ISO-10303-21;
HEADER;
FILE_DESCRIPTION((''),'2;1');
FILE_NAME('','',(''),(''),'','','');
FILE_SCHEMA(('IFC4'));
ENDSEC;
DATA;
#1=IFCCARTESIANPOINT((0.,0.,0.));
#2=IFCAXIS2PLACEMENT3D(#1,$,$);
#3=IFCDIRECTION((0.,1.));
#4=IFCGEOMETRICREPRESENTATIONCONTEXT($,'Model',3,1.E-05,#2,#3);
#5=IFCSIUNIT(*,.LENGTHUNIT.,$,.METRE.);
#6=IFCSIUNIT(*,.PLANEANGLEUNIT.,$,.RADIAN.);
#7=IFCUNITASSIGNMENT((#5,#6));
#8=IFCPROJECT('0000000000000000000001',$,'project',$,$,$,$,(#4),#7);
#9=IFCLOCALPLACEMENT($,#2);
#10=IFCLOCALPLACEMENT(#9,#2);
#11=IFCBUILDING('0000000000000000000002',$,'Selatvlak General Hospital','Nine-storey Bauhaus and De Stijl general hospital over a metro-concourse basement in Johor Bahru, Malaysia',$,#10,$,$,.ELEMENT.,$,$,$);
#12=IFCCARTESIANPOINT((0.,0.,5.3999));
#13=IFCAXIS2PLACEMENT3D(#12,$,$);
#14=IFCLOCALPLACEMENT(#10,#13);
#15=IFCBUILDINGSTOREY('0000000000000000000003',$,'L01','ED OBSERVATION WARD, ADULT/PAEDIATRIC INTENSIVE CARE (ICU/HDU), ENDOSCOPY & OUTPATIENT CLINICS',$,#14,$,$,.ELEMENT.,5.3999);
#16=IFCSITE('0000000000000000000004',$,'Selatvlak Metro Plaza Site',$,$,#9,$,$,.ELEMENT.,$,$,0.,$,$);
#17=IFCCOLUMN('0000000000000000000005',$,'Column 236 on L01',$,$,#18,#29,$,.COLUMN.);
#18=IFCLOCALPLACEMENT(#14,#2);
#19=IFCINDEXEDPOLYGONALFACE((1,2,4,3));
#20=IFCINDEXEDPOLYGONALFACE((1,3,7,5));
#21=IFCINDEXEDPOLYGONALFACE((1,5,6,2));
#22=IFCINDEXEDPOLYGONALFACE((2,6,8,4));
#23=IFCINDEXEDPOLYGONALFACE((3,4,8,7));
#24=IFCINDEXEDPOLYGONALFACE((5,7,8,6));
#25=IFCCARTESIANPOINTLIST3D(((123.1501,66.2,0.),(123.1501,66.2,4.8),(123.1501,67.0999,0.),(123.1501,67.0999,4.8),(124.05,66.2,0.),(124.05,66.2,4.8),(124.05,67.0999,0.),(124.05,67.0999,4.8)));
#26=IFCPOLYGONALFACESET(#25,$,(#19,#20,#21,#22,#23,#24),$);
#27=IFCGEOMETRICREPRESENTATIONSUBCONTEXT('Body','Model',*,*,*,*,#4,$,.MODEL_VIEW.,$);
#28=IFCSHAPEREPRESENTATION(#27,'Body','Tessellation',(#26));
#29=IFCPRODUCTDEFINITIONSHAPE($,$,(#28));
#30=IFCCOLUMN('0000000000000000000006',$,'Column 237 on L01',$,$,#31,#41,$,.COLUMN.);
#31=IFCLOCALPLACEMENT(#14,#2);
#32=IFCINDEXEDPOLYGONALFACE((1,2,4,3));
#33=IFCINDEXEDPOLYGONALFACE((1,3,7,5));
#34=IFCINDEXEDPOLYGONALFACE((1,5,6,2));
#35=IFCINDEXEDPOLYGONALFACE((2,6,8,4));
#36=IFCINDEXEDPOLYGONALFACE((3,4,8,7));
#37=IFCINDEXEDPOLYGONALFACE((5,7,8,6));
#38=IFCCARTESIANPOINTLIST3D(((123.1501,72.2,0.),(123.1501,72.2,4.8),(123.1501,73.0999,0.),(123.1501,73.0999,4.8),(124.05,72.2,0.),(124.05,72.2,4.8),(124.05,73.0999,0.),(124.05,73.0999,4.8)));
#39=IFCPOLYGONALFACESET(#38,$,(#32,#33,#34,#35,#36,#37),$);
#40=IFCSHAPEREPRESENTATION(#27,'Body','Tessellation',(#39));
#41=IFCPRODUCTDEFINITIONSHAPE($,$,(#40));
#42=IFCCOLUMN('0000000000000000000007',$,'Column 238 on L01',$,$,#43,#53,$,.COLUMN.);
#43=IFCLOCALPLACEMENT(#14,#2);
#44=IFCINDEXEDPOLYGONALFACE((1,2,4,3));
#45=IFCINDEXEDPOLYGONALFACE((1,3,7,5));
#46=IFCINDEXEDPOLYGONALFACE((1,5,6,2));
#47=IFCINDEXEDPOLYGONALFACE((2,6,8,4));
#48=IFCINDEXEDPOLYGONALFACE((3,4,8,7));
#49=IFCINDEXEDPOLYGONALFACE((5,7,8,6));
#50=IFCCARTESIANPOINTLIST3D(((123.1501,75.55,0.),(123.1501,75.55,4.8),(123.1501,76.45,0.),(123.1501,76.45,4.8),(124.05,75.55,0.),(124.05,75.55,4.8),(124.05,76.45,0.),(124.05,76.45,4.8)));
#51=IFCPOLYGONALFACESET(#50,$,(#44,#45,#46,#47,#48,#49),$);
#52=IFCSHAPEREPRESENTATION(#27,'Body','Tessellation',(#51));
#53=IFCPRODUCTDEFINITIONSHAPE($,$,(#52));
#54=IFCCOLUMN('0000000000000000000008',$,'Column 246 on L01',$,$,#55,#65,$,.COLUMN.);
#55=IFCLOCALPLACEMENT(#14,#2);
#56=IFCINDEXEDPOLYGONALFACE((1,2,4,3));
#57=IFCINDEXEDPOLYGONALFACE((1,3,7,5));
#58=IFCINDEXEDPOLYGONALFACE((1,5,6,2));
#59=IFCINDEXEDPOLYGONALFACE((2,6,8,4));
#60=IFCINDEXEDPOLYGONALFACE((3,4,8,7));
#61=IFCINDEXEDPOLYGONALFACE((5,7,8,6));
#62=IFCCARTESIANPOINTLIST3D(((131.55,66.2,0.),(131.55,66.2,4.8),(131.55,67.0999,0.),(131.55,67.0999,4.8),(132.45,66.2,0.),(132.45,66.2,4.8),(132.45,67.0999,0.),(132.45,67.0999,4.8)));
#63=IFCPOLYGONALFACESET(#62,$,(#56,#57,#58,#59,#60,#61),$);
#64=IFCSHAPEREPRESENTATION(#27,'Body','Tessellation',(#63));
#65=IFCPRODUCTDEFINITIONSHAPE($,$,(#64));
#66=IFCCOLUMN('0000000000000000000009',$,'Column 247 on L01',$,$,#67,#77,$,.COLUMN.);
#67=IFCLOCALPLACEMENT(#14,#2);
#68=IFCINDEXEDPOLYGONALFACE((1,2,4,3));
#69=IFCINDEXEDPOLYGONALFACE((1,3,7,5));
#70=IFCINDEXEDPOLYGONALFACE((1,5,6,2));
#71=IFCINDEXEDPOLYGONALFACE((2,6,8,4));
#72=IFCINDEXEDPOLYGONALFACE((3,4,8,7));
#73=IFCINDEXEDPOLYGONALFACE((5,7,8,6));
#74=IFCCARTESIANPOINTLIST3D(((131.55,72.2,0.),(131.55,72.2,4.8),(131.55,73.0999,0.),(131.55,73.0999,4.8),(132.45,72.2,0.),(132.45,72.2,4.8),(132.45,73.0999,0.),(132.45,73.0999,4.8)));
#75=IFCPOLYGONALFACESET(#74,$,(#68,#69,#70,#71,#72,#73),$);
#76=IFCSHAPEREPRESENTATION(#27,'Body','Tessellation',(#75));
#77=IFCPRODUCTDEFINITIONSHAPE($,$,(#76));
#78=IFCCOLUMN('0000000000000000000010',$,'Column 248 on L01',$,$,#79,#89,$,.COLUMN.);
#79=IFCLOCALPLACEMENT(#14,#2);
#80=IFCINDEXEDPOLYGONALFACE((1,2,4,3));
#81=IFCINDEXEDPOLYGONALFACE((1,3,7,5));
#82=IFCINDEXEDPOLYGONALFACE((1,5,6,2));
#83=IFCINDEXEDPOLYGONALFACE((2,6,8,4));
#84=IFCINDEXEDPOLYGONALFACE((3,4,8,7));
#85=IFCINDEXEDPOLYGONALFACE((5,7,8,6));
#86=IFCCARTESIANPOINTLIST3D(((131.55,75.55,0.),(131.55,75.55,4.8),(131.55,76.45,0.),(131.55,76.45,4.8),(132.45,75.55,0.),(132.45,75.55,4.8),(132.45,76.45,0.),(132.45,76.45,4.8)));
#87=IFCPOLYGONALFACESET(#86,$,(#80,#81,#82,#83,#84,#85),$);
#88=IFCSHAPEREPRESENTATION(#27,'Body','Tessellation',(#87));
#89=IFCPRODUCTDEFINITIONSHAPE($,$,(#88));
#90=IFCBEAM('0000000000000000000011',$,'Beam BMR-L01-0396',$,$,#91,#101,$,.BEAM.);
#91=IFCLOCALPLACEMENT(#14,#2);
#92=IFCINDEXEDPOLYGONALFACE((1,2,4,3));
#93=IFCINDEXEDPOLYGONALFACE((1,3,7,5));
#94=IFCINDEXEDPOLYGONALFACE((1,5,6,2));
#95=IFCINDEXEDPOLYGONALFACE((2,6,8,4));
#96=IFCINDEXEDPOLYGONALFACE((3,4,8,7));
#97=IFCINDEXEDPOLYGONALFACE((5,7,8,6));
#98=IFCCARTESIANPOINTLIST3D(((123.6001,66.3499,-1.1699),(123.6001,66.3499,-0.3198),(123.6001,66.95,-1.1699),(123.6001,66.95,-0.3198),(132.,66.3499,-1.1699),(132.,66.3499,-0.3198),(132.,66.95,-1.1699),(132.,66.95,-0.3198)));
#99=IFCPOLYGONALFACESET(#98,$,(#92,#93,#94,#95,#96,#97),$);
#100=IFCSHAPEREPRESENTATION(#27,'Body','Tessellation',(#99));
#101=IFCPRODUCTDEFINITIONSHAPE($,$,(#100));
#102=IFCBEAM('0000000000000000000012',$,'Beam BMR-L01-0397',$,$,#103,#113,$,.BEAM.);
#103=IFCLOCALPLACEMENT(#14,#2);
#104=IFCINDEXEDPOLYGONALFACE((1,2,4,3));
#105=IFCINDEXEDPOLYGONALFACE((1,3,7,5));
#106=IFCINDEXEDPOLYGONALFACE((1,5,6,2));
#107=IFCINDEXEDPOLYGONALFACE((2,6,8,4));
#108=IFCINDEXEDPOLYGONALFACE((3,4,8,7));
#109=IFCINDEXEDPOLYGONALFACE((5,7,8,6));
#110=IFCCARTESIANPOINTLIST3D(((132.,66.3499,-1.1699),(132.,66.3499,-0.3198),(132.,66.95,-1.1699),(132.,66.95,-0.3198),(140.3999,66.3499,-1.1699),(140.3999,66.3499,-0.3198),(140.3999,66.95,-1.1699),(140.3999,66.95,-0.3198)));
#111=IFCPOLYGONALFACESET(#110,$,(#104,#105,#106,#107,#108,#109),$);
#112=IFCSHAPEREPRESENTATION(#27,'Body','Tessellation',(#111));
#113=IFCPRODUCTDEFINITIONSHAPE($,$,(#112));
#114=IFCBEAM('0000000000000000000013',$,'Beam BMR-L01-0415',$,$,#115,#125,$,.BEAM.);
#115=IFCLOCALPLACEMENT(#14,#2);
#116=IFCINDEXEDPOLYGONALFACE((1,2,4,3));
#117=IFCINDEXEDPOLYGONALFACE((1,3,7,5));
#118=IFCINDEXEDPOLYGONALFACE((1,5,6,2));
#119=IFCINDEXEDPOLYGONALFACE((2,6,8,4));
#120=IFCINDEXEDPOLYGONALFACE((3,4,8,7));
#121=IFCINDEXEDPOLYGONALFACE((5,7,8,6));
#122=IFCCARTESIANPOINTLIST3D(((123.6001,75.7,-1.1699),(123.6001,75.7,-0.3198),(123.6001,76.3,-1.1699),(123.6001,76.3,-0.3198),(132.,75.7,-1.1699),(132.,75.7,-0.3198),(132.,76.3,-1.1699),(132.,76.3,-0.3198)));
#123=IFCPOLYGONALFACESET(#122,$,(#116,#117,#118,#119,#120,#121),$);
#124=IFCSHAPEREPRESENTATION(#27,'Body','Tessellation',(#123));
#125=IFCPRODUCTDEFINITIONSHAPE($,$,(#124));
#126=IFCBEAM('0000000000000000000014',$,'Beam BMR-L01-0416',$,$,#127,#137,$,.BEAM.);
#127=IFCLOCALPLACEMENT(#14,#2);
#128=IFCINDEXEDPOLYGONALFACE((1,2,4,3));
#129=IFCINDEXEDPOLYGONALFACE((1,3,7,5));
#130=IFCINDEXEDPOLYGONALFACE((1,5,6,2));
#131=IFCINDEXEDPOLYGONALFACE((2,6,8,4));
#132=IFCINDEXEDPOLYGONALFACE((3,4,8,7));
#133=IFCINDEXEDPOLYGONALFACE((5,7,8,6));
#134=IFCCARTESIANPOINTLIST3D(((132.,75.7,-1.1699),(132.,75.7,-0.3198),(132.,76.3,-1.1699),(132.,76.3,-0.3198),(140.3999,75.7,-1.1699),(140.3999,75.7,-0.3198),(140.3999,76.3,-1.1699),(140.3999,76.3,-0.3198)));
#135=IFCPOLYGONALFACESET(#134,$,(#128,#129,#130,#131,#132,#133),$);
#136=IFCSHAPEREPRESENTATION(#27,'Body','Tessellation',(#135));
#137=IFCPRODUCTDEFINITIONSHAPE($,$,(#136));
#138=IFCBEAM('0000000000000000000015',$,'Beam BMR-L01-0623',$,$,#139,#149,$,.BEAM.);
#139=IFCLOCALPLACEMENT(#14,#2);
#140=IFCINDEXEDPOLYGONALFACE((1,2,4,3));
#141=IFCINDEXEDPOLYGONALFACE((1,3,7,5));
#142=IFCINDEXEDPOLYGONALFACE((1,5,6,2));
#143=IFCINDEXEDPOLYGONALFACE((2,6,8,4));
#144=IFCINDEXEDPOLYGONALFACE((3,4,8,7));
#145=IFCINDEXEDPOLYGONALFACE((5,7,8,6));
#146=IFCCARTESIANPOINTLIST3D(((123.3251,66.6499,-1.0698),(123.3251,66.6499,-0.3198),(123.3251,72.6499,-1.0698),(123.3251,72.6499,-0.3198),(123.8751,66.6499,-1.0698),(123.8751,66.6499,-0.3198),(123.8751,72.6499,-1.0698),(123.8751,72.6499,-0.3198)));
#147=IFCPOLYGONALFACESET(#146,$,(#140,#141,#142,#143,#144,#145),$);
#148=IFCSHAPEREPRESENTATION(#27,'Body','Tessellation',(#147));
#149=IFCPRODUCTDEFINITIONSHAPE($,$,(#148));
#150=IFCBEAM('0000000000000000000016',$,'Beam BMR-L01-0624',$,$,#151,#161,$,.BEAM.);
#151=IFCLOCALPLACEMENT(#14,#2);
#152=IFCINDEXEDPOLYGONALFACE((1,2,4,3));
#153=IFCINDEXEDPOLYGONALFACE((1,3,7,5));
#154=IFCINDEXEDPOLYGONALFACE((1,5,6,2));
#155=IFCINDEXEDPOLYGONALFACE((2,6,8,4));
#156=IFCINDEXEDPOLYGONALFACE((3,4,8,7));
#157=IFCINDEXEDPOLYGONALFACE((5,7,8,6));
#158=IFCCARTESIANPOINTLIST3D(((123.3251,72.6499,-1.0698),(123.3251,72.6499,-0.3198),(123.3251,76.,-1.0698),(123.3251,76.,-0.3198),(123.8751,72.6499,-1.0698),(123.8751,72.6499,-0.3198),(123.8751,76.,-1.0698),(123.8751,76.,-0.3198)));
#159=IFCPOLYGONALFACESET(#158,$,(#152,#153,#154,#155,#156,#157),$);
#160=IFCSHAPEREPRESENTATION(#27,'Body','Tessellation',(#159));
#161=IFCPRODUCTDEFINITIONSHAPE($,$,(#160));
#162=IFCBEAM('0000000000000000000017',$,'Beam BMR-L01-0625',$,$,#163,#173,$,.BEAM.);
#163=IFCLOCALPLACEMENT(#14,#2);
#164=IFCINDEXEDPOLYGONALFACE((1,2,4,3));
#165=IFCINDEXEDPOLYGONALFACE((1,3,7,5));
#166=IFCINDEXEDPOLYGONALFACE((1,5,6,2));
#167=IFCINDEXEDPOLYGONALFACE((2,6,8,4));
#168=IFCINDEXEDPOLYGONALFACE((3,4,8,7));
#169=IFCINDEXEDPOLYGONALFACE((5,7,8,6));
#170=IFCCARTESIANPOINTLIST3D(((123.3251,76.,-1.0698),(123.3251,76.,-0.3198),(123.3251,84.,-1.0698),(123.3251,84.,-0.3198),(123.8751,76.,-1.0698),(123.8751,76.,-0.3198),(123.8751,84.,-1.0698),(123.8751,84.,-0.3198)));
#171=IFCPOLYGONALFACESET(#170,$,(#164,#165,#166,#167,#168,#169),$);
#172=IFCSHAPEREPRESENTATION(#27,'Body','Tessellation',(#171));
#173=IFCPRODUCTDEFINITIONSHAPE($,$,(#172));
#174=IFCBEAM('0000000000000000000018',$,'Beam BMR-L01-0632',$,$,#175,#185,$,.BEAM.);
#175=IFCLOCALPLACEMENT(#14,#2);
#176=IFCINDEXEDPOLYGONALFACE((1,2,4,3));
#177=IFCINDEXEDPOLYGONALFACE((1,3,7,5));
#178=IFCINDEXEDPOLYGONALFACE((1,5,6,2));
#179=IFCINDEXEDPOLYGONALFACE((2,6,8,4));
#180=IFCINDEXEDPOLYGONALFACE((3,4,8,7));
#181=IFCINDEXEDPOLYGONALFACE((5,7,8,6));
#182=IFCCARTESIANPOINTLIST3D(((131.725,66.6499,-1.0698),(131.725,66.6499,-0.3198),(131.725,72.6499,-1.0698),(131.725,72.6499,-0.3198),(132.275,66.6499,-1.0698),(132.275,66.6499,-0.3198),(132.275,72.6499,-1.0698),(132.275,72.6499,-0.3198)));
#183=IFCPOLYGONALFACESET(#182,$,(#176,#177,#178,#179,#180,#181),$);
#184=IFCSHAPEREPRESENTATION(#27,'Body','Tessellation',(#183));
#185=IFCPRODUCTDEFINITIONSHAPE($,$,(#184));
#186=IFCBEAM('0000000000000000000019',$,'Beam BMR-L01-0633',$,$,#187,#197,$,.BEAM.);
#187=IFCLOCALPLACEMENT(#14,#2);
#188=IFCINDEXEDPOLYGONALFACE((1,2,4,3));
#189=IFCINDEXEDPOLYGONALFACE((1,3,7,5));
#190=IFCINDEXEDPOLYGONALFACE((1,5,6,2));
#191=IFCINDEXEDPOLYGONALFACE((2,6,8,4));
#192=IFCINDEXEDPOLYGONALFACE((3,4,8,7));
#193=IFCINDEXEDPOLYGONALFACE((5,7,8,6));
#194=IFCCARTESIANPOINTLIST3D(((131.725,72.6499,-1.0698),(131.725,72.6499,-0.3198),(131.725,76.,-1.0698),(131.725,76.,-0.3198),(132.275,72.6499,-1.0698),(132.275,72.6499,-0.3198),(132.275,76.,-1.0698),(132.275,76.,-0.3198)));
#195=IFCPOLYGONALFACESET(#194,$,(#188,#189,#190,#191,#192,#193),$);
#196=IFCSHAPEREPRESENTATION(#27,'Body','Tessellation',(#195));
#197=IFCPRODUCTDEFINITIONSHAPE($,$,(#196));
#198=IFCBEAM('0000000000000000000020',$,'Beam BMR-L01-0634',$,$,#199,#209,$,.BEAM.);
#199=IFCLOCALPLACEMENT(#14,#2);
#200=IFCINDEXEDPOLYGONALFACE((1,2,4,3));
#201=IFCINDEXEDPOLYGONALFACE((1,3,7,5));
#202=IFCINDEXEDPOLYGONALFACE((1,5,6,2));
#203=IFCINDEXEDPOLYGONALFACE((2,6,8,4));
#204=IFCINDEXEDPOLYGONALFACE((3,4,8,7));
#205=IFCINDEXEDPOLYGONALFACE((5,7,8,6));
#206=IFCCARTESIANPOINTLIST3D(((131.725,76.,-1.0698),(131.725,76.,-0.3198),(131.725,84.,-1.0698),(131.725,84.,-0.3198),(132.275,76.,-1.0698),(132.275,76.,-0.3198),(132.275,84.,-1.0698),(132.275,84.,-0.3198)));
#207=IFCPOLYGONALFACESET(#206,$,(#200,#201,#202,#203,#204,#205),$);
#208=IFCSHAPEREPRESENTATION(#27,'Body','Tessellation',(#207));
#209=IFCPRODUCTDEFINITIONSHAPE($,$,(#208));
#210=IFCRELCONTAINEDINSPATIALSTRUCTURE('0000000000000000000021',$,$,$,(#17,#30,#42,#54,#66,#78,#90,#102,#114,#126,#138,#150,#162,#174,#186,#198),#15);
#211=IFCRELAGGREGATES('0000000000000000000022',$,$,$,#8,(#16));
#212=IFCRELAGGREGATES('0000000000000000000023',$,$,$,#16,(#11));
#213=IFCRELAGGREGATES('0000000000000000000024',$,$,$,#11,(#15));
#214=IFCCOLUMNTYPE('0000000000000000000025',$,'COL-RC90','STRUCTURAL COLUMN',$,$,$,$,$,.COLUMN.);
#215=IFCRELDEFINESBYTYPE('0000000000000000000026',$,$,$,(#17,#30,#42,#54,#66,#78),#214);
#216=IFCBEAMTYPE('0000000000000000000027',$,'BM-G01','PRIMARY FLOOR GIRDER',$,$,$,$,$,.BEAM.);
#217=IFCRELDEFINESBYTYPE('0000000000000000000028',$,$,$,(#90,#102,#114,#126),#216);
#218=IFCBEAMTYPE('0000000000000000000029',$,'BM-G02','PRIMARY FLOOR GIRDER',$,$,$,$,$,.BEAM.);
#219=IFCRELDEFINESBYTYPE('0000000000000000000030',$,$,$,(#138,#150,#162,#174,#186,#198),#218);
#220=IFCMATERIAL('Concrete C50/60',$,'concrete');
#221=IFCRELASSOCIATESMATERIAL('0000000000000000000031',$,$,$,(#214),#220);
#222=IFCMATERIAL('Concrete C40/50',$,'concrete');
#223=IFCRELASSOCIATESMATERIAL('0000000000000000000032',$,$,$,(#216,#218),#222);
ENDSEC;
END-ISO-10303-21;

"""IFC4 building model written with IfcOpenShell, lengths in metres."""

from ifc_helpers import new_model, si_unit, direction, frame, origin, origin_2d, place, context, subcontext, project, spatial, rectangle, extrude, material, material_profile, profile_set, type_object, element, save


model = new_model("IFC4")

# Units and contexts
model_context = context("Model", 3, precision=1e-05, world=origin(), true_north=direction((0.0, 1.0)))
body_context = subcontext(model_context, "Body", "Model", "MODEL_VIEW")
ifc_project = project(units=[si_unit("LENGTHUNIT", "METRE"), si_unit("PLANEANGLEUNIT", "RADIAN")], contexts=[model_context])

# Site, building, storey
site_placement = place(None, origin())
site = spatial("IfcSite", under=ifc_project, at=site_placement, Name="Selatvlak Metro Plaza Site", CompositionType="ELEMENT", RefElevation=0.0)
building_placement = place(site_placement, origin())
building = spatial("IfcBuilding", under=site, at=building_placement, Name="Selatvlak General Hospital", Description="Nine-storey Bauhaus and De Stijl general hospital over a metro-concourse basement in Johor Bahru, Malaysia", CompositionType="ELEMENT")
storey_placement = place(building_placement, frame((0.0, 0.0, 5.3999)))
storey = spatial("IfcBuildingStorey", under=building, at=storey_placement, Name="L01", Description="ED OBSERVATION WARD, ADULT/PAEDIATRIC INTENSIVE CARE (ICU/HDU), ENDOSCOPY & OUTPATIENT CLINICS", CompositionType="ELEMENT", Elevation=5.3999)

# Columns
ifc_material_1 = material(Name="Concrete C50/60", Category="concrete")
ifc_material_profile_1 = material_profile(ifc_material_1, rectangle(XDim=0.8999, YDim=0.8999, at=origin_2d()), Name="RC-COL 900x900")
ifc_profile_set_1 = profile_set([ifc_material_profile_1], Name="Concrete C50/60")
column_type = type_object("IfcColumnType", Name="COL-RC90", Description="STRUCTURAL COLUMN", PredefinedType="COLUMN", material=ifc_profile_set_1)
for number, where, z_axis, x_axis, name in (
    (1, (123.6001, 66.6499, 0.0), (0.0, 0.0, 1.0), (1.0, 0.0, 0.0), "Column 236 on L01"),
    (2, (123.6001, 72.6499, 0.0), (0.0, 0.0, 1.0), (1.0, 0.0, 0.0), "Column 237 on L01"),
    (3, (123.6001, 76.0, 0.0), (0.0, 0.0, 1.0), (1.0, 0.0, 0.0), "Column 238 on L01"),
    (4, (132.0, 66.6499, 0.0), (0.0, 0.0, 1.0), (1.0, 0.0, 0.0), "Column 246 on L01"),
    (5, (132.0, 72.6499, 0.0), (0.0, 0.0, 1.0), (1.0, 0.0, 0.0), "Column 247 on L01"),
    (6, (132.0, 76.0, 0.0), (0.0, 0.0, 1.0), (1.0, 0.0, 0.0), "Column 248 on L01"),
):
    element("IfcColumn", number, at=place(storey_placement, frame(where, z_axis=z_axis, x_axis=x_axis)), inside=storey, type_object=column_type, Name=name, PredefinedType="COLUMN", context=body_context, shape_type="SweptSolid", body=[
        extrude(rectangle(XDim=0.8999, YDim=0.8999, at=origin_2d()), origin(), (0.0, 0.0, 1.0), 4.8),
    ])

# Beams
ifc_material_2 = material(Name="Concrete C40/50", Category="concrete")
ifc_material_profile_2 = material_profile(ifc_material_2, rectangle(XDim=0.6001, YDim=0.8501, at=origin_2d()), Name="RC-BM 600x850")
ifc_profile_set_2 = profile_set([ifc_material_profile_2], Name="Concrete C40/50")
beam_type_1 = type_object("IfcBeamType", Name="BM-G01", Description="PRIMARY FLOOR GIRDER", PredefinedType="BEAM", material=ifc_profile_set_2)
for number, where, z_axis, x_axis, name in (
    (7, (123.6001, 66.6499, -0.7449), (1.0, 0.0, 0.0), (0.0, 1.0, 0.0), "Beam BMR-L01-0396"),
    (8, (132.0, 66.6499, -0.7449), (1.0, 0.0, 0.0), (0.0, 1.0, 0.0), "Beam BMR-L01-0397"),
    (9, (123.6001, 76.0, -0.7449), (1.0, 0.0, 0.0), (0.0, 1.0, 0.0), "Beam BMR-L01-0415"),
    (10, (132.0, 76.0, -0.7449), (1.0, 0.0, 0.0), (0.0, 1.0, 0.0), "Beam BMR-L01-0416"),
):
    element("IfcBeam", number, at=place(storey_placement, frame(where, z_axis=z_axis, x_axis=x_axis)), inside=storey, type_object=beam_type_1, Name=name, PredefinedType="BEAM", context=body_context, shape_type="SweptSolid", body=[
        extrude(rectangle(XDim=0.6001, YDim=0.8501, at=origin_2d()), origin(), (0.0, 0.0, 1.0), 8.3999),
    ])
ifc_material_profile_3 = material_profile(ifc_material_2, rectangle(XDim=0.55, YDim=0.75, at=origin_2d()), Name="RC-BM 550x750")
ifc_profile_set_3 = profile_set([ifc_material_profile_3], Name="Concrete C40/50")
beam_type_2 = type_object("IfcBeamType", Name="BM-G02", Description="PRIMARY FLOOR GIRDER", PredefinedType="BEAM", material=ifc_profile_set_3)
beam_1_placement = place(storey_placement, frame((123.6001, 66.6499, -0.6948), z_axis=(0.0, 1.0, 0.0), x_axis=(-1.0, 0.0, 0.0)))
element("IfcBeam", 11, at=beam_1_placement, inside=storey, type_object=beam_type_2, Name="Beam BMR-L01-0623", PredefinedType="BEAM", context=body_context, shape_type="SweptSolid", body=[
    extrude(rectangle(XDim=0.55, YDim=0.75, at=origin_2d()), origin(), (0.0, 0.0, 1.0), 6.0),
])
beam_2_placement = place(storey_placement, frame((123.6001, 72.6499, -0.6948), z_axis=(0.0, 1.0, 0.0), x_axis=(-1.0, 0.0, 0.0)))
element("IfcBeam", 12, at=beam_2_placement, inside=storey, type_object=beam_type_2, Name="Beam BMR-L01-0624", PredefinedType="BEAM", context=body_context, shape_type="SweptSolid", body=[
    extrude(rectangle(XDim=0.55, YDim=0.75, at=origin_2d()), origin(), (0.0, 0.0, 1.0), 3.3501),
])
beam_3_placement = place(storey_placement, frame((123.6001, 76.0, -0.6948), z_axis=(0.0, 1.0, 0.0), x_axis=(-1.0, 0.0, 0.0)))
element("IfcBeam", 13, at=beam_3_placement, inside=storey, type_object=beam_type_2, Name="Beam BMR-L01-0625", PredefinedType="BEAM", context=body_context, shape_type="SweptSolid", body=[
    extrude(rectangle(XDim=0.55, YDim=0.75, at=origin_2d()), origin(), (0.0, 0.0, 1.0), 8.0),
])
beam_4_placement = place(storey_placement, frame((132.0, 66.6499, -0.6948), z_axis=(0.0, 1.0, 0.0), x_axis=(-1.0, 0.0, 0.0)))
element("IfcBeam", 14, at=beam_4_placement, inside=storey, type_object=beam_type_2, Name="Beam BMR-L01-0632", PredefinedType="BEAM", context=body_context, shape_type="SweptSolid", body=[
    extrude(rectangle(XDim=0.55, YDim=0.75, at=origin_2d()), origin(), (0.0, 0.0, 1.0), 6.0),
])
beam_5_placement = place(storey_placement, frame((132.0, 72.6499, -0.6948), z_axis=(0.0, 1.0, 0.0), x_axis=(-1.0, 0.0, 0.0)))
element("IfcBeam", 15, at=beam_5_placement, inside=storey, type_object=beam_type_2, Name="Beam BMR-L01-0633", PredefinedType="BEAM", context=body_context, shape_type="SweptSolid", body=[
    extrude(rectangle(XDim=0.55, YDim=0.75, at=origin_2d()), origin(), (0.0, 0.0, 1.0), 3.3501),
])
beam_6_placement = place(storey_placement, frame((132.0, 76.0, -0.6948), z_axis=(0.0, 1.0, 0.0), x_axis=(-1.0, 0.0, 0.0)))
element("IfcBeam", 16, at=beam_6_placement, inside=storey, type_object=beam_type_2, Name="Beam BMR-L01-0634", PredefinedType="BEAM", context=body_context, shape_type="SweptSolid", body=[
    extrude(rectangle(XDim=0.55, YDim=0.75, at=origin_2d()), origin(), (0.0, 0.0, 1.0), 8.0),
])

save(model, "model.ifc")
